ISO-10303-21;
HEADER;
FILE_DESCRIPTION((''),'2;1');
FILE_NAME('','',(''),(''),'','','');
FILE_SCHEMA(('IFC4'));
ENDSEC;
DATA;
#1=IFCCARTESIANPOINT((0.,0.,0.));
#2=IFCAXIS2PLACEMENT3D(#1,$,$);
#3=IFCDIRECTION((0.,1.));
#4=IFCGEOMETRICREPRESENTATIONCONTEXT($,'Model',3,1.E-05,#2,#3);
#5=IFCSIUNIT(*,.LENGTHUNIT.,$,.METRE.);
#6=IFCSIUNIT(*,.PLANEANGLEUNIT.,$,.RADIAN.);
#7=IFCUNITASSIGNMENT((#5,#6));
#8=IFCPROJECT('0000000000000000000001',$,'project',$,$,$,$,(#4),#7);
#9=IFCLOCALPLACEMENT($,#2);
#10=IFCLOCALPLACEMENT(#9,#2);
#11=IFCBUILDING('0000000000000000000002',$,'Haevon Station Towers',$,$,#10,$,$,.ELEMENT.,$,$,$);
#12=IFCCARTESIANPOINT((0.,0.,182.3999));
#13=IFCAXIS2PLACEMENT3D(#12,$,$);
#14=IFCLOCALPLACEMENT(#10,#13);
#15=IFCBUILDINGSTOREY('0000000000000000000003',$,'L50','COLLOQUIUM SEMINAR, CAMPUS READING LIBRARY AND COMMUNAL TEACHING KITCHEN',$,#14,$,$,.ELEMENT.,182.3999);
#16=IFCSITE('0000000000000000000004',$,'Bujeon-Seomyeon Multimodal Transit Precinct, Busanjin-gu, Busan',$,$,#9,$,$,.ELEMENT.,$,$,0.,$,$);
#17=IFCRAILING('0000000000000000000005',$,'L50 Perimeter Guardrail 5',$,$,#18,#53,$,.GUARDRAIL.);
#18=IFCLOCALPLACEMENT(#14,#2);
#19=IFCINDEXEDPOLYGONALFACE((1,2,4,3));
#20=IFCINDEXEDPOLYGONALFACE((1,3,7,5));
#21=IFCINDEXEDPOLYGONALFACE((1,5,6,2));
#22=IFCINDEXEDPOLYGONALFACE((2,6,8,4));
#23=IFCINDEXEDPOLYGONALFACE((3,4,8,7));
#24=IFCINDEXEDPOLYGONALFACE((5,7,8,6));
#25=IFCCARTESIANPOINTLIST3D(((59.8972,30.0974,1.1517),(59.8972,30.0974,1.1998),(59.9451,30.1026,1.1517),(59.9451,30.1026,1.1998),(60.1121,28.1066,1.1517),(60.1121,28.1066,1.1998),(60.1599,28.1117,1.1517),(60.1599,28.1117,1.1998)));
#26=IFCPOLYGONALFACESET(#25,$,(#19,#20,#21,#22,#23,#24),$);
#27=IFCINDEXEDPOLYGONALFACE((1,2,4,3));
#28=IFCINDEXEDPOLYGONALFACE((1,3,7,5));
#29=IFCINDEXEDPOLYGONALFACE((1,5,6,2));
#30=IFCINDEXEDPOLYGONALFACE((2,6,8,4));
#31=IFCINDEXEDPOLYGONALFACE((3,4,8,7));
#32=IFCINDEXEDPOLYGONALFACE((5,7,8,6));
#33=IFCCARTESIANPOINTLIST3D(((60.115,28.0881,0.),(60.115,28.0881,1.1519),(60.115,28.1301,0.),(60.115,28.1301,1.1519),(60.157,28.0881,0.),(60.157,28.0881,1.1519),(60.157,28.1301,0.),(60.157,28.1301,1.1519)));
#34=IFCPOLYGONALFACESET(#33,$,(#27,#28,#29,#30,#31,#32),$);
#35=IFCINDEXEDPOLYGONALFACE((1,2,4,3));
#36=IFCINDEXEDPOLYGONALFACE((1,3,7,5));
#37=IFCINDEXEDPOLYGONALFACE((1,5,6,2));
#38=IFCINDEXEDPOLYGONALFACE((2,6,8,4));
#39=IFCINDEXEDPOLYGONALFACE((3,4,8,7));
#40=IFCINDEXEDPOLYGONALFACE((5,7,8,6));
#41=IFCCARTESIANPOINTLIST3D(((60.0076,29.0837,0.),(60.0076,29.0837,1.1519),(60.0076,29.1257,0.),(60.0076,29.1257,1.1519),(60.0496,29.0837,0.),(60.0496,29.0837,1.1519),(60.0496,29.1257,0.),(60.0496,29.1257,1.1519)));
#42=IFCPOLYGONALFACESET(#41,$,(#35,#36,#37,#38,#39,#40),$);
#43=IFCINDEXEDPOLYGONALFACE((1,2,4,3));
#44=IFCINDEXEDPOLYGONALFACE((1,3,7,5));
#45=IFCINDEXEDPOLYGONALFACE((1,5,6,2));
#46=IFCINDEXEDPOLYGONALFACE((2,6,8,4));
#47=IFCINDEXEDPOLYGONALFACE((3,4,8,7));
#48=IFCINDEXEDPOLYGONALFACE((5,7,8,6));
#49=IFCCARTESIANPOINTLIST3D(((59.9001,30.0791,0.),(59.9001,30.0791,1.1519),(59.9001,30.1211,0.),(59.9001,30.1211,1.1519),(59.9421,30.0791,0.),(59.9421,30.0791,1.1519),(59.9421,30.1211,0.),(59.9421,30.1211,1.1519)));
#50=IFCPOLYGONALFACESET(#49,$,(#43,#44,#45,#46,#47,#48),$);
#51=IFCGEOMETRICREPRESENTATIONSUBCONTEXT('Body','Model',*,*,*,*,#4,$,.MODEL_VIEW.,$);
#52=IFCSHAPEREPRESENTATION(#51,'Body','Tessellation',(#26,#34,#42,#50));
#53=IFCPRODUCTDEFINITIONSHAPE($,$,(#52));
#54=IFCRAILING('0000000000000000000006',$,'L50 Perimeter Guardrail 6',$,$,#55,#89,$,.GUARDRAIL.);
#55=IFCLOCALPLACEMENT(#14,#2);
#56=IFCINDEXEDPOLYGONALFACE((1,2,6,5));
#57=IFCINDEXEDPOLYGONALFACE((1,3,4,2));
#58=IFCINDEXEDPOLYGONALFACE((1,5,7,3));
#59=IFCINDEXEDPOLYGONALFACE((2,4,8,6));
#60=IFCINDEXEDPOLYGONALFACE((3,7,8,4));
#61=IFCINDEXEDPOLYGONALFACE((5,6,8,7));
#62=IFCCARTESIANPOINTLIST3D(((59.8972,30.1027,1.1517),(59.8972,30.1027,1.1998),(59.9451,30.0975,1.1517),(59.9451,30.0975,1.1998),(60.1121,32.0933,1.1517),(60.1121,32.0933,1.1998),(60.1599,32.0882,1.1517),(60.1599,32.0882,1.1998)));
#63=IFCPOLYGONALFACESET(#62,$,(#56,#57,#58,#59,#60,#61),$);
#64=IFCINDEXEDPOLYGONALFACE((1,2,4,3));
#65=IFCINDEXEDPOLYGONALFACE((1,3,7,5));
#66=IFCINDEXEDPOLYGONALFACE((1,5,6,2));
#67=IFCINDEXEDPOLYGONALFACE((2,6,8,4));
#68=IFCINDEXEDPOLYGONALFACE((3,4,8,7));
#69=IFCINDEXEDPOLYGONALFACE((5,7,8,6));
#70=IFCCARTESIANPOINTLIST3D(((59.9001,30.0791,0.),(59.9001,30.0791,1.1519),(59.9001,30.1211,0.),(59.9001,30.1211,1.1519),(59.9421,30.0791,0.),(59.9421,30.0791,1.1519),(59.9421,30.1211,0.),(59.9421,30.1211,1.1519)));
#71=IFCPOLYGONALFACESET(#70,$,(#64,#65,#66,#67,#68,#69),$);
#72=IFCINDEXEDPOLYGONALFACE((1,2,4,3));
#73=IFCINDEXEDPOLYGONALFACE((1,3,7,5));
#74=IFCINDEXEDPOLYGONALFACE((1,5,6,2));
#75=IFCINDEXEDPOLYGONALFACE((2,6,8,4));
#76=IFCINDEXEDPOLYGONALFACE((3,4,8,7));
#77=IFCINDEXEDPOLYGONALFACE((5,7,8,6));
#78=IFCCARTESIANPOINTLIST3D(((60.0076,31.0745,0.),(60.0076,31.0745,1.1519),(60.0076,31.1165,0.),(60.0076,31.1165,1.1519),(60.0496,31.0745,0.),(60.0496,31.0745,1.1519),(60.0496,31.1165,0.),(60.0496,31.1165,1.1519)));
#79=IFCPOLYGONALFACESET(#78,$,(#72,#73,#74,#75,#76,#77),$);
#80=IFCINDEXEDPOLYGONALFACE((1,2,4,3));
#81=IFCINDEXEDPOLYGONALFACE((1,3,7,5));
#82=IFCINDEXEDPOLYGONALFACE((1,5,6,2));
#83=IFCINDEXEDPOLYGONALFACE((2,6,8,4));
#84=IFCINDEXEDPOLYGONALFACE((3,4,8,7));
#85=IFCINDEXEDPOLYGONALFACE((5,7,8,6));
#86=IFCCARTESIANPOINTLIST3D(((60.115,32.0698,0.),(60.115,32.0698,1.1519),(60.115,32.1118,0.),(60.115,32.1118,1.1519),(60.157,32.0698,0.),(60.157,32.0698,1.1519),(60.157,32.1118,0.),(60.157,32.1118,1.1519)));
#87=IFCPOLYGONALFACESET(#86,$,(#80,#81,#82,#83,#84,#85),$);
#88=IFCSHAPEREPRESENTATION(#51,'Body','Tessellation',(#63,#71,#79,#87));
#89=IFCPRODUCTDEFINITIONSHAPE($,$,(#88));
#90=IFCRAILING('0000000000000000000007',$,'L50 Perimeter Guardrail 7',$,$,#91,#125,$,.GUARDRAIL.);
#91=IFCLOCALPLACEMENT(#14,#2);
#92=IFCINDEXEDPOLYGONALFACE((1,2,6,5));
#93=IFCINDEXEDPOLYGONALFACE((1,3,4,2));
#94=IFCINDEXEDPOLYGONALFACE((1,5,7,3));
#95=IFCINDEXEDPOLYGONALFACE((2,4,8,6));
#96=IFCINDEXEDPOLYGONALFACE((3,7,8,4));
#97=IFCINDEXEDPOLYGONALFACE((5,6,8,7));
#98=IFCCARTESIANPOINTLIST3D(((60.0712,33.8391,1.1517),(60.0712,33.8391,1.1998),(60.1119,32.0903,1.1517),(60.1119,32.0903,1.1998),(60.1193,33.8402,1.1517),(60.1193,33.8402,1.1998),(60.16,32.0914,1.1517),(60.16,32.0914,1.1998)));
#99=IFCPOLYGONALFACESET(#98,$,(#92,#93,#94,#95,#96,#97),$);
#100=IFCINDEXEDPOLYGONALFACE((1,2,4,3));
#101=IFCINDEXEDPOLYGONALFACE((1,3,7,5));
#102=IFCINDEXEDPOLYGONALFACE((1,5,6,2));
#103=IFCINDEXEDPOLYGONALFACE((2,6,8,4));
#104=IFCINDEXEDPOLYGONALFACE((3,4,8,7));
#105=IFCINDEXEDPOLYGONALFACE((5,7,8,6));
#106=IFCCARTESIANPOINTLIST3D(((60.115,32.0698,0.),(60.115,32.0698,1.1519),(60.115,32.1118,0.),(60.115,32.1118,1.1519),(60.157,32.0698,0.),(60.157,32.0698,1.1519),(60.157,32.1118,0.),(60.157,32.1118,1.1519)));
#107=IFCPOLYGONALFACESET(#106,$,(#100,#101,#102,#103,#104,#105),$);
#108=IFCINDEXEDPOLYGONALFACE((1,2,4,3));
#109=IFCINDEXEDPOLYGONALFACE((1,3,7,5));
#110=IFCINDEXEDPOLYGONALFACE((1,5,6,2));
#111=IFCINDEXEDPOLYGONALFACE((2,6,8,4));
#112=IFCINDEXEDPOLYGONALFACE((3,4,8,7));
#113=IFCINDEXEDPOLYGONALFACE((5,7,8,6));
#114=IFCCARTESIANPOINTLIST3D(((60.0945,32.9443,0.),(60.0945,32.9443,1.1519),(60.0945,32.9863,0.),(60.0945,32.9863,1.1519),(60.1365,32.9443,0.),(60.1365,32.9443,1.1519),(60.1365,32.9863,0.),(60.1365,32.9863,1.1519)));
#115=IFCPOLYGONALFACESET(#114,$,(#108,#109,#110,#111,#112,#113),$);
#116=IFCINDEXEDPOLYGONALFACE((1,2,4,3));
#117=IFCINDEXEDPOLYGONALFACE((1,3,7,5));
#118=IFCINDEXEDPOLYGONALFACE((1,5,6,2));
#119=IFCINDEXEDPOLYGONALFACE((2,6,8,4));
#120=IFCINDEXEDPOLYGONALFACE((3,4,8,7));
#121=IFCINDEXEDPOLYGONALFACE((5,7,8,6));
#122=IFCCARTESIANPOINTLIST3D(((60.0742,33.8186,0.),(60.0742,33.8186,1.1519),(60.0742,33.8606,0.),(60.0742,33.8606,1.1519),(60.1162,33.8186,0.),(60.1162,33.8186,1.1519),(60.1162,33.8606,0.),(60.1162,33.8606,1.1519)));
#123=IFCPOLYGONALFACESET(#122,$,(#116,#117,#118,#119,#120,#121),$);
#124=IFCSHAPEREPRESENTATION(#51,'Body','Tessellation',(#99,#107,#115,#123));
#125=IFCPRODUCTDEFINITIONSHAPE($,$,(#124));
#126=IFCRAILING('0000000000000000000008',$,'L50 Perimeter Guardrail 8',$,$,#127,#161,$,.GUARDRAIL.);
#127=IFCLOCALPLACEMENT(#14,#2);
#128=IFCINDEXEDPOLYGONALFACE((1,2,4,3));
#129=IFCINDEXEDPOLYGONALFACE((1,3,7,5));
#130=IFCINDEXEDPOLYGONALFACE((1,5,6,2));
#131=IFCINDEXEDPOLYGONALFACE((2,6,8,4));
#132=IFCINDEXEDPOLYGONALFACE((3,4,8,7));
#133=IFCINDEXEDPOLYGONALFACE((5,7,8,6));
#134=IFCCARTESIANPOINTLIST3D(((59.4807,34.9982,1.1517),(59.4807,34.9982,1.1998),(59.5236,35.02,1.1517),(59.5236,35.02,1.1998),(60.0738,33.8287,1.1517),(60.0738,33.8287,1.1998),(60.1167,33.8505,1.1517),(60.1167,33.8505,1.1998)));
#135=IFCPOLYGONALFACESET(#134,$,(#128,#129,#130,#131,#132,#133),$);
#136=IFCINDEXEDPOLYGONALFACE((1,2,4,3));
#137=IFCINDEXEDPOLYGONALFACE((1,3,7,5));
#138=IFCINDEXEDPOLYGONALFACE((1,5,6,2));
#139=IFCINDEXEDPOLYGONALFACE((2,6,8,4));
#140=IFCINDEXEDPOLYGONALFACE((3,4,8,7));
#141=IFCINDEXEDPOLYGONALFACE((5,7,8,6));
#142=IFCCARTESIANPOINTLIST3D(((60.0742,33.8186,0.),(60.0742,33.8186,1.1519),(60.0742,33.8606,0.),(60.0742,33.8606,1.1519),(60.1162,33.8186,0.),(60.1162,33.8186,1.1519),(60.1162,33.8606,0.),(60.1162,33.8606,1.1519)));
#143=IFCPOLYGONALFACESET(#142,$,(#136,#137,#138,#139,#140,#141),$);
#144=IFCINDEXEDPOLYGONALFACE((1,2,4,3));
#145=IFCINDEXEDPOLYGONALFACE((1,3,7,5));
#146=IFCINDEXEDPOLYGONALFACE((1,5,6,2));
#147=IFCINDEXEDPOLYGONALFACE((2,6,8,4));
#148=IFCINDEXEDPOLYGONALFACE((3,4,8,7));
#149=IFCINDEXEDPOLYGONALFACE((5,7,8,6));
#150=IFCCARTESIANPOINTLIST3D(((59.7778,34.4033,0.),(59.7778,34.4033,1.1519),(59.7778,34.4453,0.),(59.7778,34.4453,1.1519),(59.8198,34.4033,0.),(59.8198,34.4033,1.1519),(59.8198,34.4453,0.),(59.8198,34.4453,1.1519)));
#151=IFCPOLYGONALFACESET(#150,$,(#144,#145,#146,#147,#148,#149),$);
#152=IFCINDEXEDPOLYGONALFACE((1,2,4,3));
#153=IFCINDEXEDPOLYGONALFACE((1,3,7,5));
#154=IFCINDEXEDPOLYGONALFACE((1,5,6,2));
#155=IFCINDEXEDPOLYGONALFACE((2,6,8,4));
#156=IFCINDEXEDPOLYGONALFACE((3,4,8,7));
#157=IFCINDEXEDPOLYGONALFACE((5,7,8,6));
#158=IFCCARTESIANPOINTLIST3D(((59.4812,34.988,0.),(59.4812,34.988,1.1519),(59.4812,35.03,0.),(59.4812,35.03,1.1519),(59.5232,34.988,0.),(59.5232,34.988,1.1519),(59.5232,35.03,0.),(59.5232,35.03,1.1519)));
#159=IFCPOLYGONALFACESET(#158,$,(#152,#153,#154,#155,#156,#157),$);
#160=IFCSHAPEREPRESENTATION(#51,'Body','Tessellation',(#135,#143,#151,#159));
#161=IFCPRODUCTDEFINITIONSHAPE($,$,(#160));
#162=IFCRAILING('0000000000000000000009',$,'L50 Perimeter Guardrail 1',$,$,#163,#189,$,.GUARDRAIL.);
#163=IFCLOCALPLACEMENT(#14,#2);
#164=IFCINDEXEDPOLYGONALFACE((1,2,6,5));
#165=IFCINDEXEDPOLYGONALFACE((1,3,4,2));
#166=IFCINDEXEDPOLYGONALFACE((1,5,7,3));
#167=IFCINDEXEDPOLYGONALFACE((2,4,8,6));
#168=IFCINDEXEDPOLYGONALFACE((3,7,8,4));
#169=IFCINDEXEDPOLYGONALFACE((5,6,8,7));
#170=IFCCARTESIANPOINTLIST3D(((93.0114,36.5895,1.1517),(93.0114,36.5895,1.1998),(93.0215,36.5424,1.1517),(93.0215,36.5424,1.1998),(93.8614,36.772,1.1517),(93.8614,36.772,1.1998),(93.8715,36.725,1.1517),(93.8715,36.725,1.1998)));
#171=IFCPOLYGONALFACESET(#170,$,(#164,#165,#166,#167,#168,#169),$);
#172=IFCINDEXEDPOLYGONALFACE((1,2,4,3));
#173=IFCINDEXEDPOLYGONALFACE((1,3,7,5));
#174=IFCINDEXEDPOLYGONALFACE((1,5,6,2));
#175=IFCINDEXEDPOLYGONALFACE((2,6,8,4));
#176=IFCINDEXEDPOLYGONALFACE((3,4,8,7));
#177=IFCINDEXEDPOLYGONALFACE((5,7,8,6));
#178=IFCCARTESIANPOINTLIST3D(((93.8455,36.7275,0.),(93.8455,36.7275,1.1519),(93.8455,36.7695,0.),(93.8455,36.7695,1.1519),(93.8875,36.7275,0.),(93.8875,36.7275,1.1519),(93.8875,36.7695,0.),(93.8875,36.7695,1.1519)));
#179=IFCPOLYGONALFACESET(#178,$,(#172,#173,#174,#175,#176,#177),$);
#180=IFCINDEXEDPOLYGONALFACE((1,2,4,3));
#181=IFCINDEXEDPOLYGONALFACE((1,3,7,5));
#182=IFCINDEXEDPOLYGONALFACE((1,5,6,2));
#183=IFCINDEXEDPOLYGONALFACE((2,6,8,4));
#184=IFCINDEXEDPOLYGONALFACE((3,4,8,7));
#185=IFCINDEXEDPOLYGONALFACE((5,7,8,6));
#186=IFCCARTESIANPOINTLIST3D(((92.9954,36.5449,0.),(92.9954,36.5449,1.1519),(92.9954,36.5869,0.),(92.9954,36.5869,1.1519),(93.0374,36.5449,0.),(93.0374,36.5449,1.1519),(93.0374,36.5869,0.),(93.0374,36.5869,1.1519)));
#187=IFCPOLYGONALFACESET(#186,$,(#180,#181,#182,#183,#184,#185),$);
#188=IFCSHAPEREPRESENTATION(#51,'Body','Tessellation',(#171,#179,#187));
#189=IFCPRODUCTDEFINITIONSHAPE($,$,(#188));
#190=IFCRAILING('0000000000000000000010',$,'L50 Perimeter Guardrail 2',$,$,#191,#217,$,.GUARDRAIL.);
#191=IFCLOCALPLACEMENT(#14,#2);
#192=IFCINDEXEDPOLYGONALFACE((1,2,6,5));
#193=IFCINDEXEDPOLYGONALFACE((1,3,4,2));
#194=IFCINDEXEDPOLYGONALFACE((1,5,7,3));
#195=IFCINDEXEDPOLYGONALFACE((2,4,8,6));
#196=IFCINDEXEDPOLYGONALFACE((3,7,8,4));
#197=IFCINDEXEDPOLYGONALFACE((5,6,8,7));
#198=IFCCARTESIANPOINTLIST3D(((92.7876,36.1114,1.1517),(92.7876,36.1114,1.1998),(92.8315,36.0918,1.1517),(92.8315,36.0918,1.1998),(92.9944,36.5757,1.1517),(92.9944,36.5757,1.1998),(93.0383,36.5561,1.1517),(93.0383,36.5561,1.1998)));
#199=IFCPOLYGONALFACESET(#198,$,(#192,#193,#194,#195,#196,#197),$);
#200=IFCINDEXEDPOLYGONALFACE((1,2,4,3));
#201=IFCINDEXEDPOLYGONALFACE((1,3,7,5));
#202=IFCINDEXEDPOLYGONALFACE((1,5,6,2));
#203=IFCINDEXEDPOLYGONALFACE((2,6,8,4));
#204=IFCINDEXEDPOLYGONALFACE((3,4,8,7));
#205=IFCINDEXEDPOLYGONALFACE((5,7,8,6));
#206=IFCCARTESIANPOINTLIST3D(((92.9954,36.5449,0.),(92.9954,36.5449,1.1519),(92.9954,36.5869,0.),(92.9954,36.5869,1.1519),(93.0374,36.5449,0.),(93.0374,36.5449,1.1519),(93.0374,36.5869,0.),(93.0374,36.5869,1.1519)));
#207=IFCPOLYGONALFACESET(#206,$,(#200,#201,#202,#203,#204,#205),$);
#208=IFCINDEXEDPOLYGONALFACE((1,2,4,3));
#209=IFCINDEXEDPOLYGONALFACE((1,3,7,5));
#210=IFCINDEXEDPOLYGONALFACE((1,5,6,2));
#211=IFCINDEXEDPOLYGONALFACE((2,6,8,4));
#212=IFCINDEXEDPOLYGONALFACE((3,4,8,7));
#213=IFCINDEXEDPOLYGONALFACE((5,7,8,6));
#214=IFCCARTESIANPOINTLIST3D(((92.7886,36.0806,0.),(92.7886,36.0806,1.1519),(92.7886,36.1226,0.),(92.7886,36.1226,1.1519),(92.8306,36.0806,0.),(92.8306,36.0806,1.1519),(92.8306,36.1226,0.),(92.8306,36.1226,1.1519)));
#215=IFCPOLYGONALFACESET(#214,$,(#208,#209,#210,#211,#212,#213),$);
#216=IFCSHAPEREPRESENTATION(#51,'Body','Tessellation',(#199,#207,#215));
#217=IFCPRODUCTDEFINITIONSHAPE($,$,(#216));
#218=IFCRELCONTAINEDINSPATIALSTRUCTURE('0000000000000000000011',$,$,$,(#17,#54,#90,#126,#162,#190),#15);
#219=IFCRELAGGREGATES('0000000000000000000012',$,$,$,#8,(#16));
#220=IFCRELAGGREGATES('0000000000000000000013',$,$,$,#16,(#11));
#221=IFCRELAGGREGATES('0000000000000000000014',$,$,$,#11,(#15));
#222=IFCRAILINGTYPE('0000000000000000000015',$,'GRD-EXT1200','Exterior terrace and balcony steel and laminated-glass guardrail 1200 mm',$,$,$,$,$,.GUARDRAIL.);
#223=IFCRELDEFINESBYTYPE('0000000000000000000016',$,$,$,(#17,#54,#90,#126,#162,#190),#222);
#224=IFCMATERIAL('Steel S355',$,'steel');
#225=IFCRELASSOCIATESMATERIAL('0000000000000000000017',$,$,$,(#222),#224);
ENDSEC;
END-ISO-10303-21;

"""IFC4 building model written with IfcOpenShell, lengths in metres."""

from ifc_helpers import new_model, si_unit, direction, frame, origin, origin_2d, place, context, subcontext, project, spatial, rectangle, extrude, material, type_object, element, save


model = new_model("IFC4")

# Units and contexts
model_context = context("Model", 3, precision=1e-05, world=origin(), true_north=direction((0.0, 1.0)))
body_context = subcontext(model_context, "Body", "Model", "MODEL_VIEW")
ifc_project = project(units=[si_unit("LENGTHUNIT", "METRE"), si_unit("PLANEANGLEUNIT", "RADIAN")], contexts=[model_context])

# Site, building, storey
site_placement = place(None, origin())
site = spatial("IfcSite", under=ifc_project, at=site_placement, Name="Bujeon-Seomyeon Multimodal Transit Precinct, Busanjin-gu, Busan", CompositionType="ELEMENT", RefElevation=0.0)
building_placement = place(site_placement, origin())
building = spatial("IfcBuilding", under=site, at=building_placement, Name="Haevon Station Towers", CompositionType="ELEMENT")
storey_placement = place(building_placement, frame((0.0, 0.0, 182.3999)))
storey = spatial("IfcBuildingStorey", under=building, at=storey_placement, Name="L50", Description="COLLOQUIUM SEMINAR, CAMPUS READING LIBRARY AND COMMUNAL TEACHING KITCHEN", CompositionType="ELEMENT", Elevation=182.3999)

# Shared definitions
ifc_material_1 = material(Name="Steel S355", Category="steel")

# Railings
railing_type = type_object("IfcRailingType", Name="GRD-EXT1200", Description="Exterior terrace and balcony steel and laminated-glass guardrail 1200 mm", PredefinedType="GUARDRAIL", material=ifc_material_1)
railing_1_placement = place(storey_placement, frame((60.136, 28.1091, 0.0)))
element("IfcRailing", 1, at=railing_1_placement, inside=storey, type_object=railing_type, Name="L50 Perimeter Guardrail 5", PredefinedType="GUARDRAIL", context=body_context, shape_type="SweptSolid", body=[
    extrude(rectangle(XDim=0.0481, YDim=0.0481, at=origin_2d()), frame((0.0, 0.0, 1.1758), z_axis=(-0.107286, 0.994228, 0.0), x_axis=(-0.994228, -0.107286, 0.0)), (0.0, 0.0, 1.0), 2.0024),
    extrude(rectangle(XDim=0.042, YDim=0.042, at=origin_2d()), origin(), (0.0, 0.0, 1.0), 1.1519),
    extrude(rectangle(XDim=0.042, YDim=0.042, at=origin_2d()), frame((-0.1074, 0.9956, 0.0)), (0.0, 0.0, 1.0), 1.1519),
    extrude(rectangle(XDim=0.042, YDim=0.042, at=origin_2d()), frame((-0.2148, 1.991, 0.0)), (0.0, 0.0, 1.0), 1.1519),
])
railing_2_placement = place(storey_placement, frame((59.9211, 30.1001, 0.0)))
element("IfcRailing", 2, at=railing_2_placement, inside=storey, type_object=railing_type, Name="L50 Perimeter Guardrail 6", PredefinedType="GUARDRAIL", context=body_context, shape_type="SweptSolid", body=[
    extrude(rectangle(XDim=0.0481, YDim=0.0481, at=origin_2d()), frame((0.0, 0.0, 1.1758), z_axis=(0.107299, 0.994227, 0.0), x_axis=(-0.994227, 0.107299, 0.0)), (0.0, 0.0, 1.0), 2.0022),
    extrude(rectangle(XDim=0.042, YDim=0.042, at=origin_2d()), origin(), (0.0, 0.0, 1.0), 1.1519),
    extrude(rectangle(XDim=0.042, YDim=0.042, at=origin_2d()), frame((0.1074, 0.9954, 0.0)), (0.0, 0.0, 1.0), 1.1519),
    extrude(rectangle(XDim=0.042, YDim=0.042, at=origin_2d()), frame((0.2148, 1.9907, 0.0)), (0.0, 0.0, 1.0), 1.1519),
])
railing_3_placement = place(storey_placement, frame((60.136, 32.0908, 0.0)))
element("IfcRailing", 3, at=railing_3_placement, inside=storey, type_object=railing_type, Name="L50 Perimeter Guardrail 7", PredefinedType="GUARDRAIL", context=body_context, shape_type="SweptSolid", body=[
    extrude(rectangle(XDim=0.0481, YDim=0.0481, at=origin_2d()), frame((0.0, 0.0, 1.1758), z_axis=(-0.023308, 0.999728, 0.0), x_axis=(-0.999728, -0.023308, 0.0)), (0.0, 0.0, 1.0), 1.7493),
    extrude(rectangle(XDim=0.042, YDim=0.042, at=origin_2d()), origin(), (0.0, 0.0, 1.0), 1.1519),
    extrude(rectangle(XDim=0.042, YDim=0.042, at=origin_2d()), frame((-0.0205, 0.8745, 0.0)), (0.0, 0.0, 1.0), 1.1519),
    extrude(rectangle(XDim=0.042, YDim=0.042, at=origin_2d()), frame((-0.0408, 1.7488, 0.0)), (0.0, 0.0, 1.0), 1.1519),
])
railing_4_placement = place(storey_placement, frame((60.0952, 33.8396, 0.0)))
element("IfcRailing", 4, at=railing_4_placement, inside=storey, type_object=railing_type, Name="L50 Perimeter Guardrail 8", PredefinedType="GUARDRAIL", context=body_context, shape_type="SweptSolid", body=[
    extrude(rectangle(XDim=0.0481, YDim=0.0481, at=origin_2d()), frame((0.0, 0.0, 1.1758), z_axis=(-0.452271, 0.891881, 0.0), x_axis=(-0.891881, -0.452271, 0.0)), (0.0, 0.0, 1.0), 1.3113),
    extrude(rectangle(XDim=0.042, YDim=0.042, at=origin_2d()), origin(), (0.0, 0.0, 1.0), 1.1519),
    extrude(rectangle(XDim=0.042, YDim=0.042, at=origin_2d()), frame((-0.2964, 0.5847, 0.0)), (0.0, 0.0, 1.0), 1.1519),
    extrude(rectangle(XDim=0.042, YDim=0.042, at=origin_2d()), frame((-0.593, 1.1694, 0.0)), (0.0, 0.0, 1.0), 1.1519),
])
railing_5_placement = place(storey_placement, frame((93.8665, 36.7485, 0.0)))
element("IfcRailing", 5, at=railing_5_placement, inside=storey, type_object=railing_type, Name="L50 Perimeter Guardrail 1", PredefinedType="GUARDRAIL", context=body_context, shape_type="SweptSolid", body=[
    extrude(rectangle(XDim=0.0481, YDim=0.0481, at=origin_2d()), frame((0.0, 0.0, 1.1758), z_axis=(-0.977695, -0.210028, 0.0), x_axis=(0.210028, -0.977695, 0.0)), (0.0, 0.0, 1.0), 0.8694),
    extrude(rectangle(XDim=0.042, YDim=0.042, at=origin_2d()), origin(), (0.0, 0.0, 1.0), 1.1519),
    extrude(rectangle(XDim=0.042, YDim=0.042, at=origin_2d()), frame((-0.8501, -0.1826, 0.0)), (0.0, 0.0, 1.0), 1.1519),
])
railing_6_placement = place(storey_placement, frame((93.0164, 36.5659, 0.0)))
element("IfcRailing", 6, at=railing_6_placement, inside=storey, type_object=railing_type, Name="L50 Perimeter Guardrail 2", PredefinedType="GUARDRAIL", context=body_context, shape_type="SweptSolid", body=[
    extrude(rectangle(XDim=0.0481, YDim=0.0481, at=origin_2d()), frame((0.0, 0.0, 1.1758), z_axis=(-0.406807, -0.913514, 0.0), x_axis=(0.913514, -0.406807, 0.0)), (0.0, 0.0, 1.0), 0.5083),
    extrude(rectangle(XDim=0.042, YDim=0.042, at=origin_2d()), origin(), (0.0, 0.0, 1.0), 1.1519),
    extrude(rectangle(XDim=0.042, YDim=0.042, at=origin_2d()), frame((-0.2068, -0.4644, 0.0)), (0.0, 0.0, 1.0), 1.1519),
])

save(model, "model.ifc")
